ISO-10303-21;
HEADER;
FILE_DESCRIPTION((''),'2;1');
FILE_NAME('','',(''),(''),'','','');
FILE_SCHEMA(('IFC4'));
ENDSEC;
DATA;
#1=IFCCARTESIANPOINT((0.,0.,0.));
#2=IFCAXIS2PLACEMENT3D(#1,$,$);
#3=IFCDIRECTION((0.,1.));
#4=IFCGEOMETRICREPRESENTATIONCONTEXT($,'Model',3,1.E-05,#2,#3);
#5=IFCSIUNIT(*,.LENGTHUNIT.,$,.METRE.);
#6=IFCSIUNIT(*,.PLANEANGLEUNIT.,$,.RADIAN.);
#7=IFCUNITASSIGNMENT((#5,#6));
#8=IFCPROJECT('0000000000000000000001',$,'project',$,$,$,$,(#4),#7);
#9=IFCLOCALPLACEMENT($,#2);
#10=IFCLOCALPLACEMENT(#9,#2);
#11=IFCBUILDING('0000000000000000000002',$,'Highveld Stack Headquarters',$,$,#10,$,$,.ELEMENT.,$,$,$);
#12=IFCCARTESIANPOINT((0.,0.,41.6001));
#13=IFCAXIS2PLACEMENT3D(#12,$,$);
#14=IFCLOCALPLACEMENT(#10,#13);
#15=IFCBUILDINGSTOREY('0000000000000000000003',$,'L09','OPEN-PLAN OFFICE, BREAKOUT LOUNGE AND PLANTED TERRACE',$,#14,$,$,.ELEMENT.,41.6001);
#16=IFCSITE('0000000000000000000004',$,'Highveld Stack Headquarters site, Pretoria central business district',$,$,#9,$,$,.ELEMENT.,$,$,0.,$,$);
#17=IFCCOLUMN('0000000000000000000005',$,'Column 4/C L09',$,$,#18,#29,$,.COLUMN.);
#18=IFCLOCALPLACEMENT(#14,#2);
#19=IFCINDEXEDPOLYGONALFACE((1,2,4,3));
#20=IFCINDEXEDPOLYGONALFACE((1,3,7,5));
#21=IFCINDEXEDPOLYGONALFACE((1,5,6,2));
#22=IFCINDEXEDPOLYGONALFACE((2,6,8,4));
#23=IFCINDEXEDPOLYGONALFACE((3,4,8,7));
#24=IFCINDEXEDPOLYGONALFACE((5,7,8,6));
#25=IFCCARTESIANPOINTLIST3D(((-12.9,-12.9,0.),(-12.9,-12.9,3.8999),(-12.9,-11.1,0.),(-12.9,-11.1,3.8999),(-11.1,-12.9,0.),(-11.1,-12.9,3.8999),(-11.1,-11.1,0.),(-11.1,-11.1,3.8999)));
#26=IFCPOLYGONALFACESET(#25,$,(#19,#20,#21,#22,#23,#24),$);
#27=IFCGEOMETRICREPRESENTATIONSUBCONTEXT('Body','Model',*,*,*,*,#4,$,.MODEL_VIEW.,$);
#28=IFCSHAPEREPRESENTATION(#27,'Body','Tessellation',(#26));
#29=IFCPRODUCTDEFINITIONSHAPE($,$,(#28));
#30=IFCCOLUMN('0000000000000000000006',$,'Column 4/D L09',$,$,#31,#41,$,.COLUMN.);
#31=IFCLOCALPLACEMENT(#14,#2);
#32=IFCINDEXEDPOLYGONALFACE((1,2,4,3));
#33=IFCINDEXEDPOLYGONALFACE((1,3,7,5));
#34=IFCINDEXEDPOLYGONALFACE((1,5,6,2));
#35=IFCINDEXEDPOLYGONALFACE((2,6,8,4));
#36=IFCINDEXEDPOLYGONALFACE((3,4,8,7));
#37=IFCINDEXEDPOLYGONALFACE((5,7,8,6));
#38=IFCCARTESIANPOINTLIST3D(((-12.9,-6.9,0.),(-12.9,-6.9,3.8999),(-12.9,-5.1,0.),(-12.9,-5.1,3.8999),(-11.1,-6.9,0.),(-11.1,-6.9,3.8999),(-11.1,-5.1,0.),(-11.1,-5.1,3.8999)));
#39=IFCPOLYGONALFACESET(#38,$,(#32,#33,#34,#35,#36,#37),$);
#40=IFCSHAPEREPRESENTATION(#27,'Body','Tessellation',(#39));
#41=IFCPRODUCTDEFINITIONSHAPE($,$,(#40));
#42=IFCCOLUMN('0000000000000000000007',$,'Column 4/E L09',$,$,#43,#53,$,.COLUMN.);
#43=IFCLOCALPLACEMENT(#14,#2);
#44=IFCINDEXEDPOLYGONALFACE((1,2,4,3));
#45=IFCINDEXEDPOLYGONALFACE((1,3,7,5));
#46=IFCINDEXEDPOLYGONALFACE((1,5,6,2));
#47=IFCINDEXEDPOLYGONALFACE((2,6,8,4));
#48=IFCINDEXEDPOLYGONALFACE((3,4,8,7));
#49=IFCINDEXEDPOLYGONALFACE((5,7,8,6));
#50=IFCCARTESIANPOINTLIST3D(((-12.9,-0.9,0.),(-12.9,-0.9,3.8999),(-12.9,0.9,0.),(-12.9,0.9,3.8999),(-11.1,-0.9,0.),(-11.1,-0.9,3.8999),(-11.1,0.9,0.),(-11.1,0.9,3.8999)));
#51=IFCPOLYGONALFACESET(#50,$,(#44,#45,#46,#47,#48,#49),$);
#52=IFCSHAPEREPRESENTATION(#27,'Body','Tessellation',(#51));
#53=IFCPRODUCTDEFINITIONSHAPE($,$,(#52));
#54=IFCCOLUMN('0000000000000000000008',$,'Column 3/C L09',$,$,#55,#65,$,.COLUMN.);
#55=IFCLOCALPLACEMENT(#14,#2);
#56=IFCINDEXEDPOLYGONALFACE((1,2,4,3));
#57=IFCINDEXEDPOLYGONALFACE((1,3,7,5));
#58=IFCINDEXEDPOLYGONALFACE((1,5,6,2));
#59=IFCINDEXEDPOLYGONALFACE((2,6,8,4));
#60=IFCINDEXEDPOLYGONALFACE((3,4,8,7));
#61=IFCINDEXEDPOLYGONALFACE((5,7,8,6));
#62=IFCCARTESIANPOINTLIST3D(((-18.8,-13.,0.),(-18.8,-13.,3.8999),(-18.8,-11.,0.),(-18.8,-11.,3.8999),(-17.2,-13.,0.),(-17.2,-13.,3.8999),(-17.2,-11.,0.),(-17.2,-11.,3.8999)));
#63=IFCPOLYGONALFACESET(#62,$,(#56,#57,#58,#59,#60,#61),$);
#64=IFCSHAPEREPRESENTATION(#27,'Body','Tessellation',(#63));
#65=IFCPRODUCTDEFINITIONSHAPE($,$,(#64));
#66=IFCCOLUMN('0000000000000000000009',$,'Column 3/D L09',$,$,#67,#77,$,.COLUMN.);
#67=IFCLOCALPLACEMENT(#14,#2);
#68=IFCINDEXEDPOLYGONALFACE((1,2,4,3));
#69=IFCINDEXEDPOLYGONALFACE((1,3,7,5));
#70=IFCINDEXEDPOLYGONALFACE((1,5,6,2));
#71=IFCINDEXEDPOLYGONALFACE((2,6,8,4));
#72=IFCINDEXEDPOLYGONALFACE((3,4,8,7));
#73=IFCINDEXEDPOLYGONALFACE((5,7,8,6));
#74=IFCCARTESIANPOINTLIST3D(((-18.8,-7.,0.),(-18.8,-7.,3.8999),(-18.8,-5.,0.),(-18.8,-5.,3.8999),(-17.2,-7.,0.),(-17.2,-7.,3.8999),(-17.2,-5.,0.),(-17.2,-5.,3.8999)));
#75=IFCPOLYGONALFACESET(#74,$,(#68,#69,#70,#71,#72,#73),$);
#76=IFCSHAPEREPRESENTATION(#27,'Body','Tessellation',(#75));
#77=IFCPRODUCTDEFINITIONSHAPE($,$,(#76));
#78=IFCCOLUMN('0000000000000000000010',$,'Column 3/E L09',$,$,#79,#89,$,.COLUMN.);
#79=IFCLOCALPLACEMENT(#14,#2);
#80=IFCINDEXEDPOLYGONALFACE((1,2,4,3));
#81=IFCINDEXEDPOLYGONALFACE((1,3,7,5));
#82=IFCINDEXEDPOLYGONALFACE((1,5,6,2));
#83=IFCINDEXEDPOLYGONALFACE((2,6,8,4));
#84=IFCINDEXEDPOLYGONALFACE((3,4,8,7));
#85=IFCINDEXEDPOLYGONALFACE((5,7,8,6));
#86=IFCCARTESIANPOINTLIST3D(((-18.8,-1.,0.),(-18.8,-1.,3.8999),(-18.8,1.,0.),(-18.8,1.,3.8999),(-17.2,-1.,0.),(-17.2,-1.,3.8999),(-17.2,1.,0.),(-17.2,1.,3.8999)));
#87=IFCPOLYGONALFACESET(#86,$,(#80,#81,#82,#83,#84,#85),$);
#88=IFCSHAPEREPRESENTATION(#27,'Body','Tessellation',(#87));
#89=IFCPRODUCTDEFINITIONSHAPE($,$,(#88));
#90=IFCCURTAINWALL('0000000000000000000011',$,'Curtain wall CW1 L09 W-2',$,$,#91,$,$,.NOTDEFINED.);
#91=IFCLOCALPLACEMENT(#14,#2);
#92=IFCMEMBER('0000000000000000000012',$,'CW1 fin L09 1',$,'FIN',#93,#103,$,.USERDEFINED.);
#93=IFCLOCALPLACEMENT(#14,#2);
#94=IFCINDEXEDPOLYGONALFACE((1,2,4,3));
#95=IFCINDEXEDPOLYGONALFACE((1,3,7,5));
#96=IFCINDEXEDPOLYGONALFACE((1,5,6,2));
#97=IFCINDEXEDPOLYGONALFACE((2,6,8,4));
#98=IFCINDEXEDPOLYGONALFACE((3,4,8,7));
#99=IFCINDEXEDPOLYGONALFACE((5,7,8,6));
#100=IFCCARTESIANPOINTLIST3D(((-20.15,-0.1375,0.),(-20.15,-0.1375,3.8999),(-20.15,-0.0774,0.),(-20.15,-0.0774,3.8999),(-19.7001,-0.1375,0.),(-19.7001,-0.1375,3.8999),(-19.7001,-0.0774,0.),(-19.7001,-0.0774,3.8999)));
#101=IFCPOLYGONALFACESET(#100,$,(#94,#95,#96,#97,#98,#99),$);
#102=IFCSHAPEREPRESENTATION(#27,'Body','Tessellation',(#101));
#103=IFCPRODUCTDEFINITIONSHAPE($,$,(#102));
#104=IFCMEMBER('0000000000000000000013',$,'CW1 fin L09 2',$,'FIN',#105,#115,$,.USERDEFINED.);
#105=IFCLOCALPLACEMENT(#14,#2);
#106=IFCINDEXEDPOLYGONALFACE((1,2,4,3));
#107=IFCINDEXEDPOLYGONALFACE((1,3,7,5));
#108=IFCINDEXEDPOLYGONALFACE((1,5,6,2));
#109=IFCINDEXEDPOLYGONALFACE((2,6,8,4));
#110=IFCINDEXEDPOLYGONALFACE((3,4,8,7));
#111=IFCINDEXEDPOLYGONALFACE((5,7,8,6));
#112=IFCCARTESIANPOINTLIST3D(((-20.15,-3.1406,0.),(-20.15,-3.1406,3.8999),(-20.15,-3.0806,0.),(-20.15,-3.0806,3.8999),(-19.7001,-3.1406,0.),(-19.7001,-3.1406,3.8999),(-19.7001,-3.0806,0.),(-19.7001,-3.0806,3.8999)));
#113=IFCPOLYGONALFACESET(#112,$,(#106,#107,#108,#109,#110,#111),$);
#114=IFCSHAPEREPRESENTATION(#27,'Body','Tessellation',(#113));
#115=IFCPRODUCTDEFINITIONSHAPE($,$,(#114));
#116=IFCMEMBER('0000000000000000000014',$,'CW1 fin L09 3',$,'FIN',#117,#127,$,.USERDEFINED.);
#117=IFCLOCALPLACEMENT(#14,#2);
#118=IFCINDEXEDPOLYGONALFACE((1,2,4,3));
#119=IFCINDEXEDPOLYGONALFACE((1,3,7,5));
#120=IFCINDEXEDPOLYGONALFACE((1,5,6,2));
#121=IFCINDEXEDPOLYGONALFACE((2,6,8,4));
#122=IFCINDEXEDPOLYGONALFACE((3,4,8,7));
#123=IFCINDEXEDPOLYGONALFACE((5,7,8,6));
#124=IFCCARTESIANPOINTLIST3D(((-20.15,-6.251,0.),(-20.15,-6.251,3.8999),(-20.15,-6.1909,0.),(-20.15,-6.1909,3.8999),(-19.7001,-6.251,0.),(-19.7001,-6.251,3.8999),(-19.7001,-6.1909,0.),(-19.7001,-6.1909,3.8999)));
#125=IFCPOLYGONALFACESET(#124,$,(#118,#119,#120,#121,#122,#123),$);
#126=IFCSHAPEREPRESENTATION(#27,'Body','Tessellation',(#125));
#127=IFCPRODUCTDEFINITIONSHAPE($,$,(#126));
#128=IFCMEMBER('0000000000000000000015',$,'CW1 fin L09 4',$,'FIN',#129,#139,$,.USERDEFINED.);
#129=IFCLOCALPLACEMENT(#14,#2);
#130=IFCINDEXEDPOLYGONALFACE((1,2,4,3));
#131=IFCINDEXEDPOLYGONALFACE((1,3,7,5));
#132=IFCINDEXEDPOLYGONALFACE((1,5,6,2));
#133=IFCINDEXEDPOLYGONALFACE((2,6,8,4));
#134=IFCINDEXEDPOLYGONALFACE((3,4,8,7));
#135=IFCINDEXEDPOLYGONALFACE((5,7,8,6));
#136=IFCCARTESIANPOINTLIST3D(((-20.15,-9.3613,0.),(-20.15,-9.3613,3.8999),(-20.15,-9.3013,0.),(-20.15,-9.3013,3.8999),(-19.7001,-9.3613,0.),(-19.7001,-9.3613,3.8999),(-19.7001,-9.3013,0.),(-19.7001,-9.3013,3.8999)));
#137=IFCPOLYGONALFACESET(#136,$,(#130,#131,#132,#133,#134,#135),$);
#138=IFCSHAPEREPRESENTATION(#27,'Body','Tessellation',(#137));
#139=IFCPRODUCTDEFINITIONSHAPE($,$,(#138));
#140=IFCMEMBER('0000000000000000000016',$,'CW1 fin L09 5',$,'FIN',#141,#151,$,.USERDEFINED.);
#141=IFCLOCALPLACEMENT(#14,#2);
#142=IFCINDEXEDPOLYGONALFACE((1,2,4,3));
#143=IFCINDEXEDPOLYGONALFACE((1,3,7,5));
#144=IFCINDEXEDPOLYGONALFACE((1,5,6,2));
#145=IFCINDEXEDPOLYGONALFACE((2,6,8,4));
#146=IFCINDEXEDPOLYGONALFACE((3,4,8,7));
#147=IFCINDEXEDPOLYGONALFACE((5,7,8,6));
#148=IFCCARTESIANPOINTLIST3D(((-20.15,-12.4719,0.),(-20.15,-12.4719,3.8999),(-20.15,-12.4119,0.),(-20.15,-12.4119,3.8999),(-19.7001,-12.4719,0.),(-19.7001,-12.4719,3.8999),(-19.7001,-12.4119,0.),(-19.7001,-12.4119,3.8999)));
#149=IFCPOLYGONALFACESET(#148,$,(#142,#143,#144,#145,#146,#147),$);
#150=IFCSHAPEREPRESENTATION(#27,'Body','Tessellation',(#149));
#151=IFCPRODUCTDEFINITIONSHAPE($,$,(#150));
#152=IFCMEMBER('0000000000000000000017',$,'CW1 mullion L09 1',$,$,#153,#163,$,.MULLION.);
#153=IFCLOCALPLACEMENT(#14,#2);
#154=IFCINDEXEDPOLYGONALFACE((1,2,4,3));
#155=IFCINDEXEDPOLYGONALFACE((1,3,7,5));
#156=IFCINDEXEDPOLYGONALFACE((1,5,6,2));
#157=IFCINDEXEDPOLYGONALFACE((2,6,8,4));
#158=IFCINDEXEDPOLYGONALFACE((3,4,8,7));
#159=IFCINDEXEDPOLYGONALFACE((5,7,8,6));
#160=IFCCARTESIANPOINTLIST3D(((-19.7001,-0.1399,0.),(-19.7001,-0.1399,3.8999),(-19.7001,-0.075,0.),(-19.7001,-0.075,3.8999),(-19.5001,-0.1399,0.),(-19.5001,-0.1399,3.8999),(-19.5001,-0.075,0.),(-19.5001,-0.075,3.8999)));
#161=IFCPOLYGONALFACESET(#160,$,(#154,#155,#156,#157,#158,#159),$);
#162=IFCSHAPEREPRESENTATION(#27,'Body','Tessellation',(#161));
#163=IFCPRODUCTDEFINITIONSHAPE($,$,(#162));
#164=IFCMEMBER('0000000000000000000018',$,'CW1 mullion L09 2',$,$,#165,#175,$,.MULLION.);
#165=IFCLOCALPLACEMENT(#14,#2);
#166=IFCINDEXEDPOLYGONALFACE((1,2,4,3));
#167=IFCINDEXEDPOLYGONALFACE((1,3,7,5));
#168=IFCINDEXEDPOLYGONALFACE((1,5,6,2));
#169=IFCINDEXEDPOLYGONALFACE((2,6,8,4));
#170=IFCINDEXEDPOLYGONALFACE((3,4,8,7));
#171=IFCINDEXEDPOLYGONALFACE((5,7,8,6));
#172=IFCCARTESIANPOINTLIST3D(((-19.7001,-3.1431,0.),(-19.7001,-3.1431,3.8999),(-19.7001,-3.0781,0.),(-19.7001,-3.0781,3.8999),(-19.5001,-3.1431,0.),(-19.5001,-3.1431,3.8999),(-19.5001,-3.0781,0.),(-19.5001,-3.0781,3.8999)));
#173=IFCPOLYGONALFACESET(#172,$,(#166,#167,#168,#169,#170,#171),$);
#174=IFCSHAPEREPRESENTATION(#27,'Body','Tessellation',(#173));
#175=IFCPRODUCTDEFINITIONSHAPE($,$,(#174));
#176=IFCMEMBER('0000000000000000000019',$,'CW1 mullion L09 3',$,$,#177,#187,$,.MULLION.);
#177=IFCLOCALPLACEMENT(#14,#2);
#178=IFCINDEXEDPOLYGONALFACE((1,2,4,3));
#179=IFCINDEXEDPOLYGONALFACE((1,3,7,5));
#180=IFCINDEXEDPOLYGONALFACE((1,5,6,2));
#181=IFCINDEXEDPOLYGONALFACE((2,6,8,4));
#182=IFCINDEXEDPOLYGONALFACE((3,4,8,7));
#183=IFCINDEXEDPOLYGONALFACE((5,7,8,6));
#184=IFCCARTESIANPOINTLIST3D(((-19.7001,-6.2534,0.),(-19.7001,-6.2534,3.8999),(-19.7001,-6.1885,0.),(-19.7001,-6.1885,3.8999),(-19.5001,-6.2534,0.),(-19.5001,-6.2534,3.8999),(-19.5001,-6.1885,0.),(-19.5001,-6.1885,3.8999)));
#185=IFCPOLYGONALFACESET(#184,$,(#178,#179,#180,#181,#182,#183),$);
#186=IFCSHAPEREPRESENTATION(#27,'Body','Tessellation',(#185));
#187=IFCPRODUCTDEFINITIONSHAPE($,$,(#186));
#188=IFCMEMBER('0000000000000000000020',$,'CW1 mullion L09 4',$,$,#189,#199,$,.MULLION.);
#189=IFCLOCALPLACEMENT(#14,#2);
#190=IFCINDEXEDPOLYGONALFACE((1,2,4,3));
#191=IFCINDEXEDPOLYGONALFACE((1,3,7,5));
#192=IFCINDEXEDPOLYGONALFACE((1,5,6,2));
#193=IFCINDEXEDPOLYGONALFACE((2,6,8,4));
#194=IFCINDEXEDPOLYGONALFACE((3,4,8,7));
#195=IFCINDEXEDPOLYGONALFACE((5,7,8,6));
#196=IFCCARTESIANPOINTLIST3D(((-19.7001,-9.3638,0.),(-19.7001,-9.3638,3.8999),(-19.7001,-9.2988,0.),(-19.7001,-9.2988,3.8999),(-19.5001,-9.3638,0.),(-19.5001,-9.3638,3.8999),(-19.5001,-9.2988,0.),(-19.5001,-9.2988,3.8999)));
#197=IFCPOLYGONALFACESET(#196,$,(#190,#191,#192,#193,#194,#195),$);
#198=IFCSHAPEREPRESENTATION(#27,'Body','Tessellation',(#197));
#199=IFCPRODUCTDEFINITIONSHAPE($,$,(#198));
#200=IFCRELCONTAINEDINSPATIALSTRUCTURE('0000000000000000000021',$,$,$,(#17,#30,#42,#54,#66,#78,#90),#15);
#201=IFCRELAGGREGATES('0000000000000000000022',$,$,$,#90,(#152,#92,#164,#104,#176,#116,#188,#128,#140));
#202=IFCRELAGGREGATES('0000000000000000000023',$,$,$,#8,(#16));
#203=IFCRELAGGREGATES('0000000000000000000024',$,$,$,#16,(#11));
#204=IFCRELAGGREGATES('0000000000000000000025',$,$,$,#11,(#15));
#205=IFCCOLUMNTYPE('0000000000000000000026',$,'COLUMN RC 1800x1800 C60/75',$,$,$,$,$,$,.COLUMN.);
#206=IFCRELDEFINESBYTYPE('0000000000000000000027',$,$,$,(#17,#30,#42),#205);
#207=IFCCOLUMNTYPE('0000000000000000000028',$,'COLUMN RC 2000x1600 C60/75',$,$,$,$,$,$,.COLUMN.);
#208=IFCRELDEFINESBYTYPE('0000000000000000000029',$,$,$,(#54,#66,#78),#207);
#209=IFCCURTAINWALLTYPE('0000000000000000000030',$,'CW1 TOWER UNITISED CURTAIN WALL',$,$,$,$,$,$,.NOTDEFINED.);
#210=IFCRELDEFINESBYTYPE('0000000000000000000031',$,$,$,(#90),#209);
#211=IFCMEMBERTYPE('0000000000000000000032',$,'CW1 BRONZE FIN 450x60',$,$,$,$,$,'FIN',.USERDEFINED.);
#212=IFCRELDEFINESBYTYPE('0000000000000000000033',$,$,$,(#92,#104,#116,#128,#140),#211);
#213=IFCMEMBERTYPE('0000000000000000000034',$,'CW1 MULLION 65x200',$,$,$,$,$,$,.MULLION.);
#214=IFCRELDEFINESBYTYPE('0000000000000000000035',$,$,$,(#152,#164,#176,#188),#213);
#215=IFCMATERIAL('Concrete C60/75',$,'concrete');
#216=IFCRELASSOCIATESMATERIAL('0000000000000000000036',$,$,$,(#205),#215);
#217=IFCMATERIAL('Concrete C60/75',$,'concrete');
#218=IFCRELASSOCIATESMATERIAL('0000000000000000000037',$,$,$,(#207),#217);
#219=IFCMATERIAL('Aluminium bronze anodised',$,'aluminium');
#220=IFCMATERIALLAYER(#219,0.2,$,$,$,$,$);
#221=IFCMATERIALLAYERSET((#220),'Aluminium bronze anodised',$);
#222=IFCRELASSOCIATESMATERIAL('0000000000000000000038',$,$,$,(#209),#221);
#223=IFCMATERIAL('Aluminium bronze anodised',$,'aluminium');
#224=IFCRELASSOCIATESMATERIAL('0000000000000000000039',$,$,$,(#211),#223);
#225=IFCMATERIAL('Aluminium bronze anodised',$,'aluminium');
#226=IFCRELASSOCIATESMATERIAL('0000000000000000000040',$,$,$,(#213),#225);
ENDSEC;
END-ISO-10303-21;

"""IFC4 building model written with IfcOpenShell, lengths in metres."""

from ifc_helpers import new_model, si_unit, direction, frame, origin, origin_2d, place, context, subcontext, project, spatial, rectangle, extrude, material, layer, layer_set, material_profile, profile_set, type_object, element, aggregate, save


model = new_model("IFC4")

# Units and contexts
model_context = context("Model", 3, precision=1e-05, world=origin(), true_north=direction((0.0, 1.0)))
body_context = subcontext(model_context, "Body", "Model", "MODEL_VIEW")
ifc_project = project(units=[si_unit("LENGTHUNIT", "METRE"), si_unit("PLANEANGLEUNIT", "RADIAN")], contexts=[model_context])

# Site, building, storey
site_placement = place(None, origin())
site = spatial("IfcSite", under=ifc_project, at=site_placement, Name="Highveld Stack Headquarters site, Pretoria central business district", CompositionType="ELEMENT", RefElevation=0.0)
building_placement = place(site_placement, origin())
building = spatial("IfcBuilding", under=site, at=building_placement, Name="Highveld Stack Headquarters", CompositionType="ELEMENT")
storey_placement = place(building_placement, frame((0.0, 0.0, 41.6001)))
storey = spatial("IfcBuildingStorey", under=building, at=storey_placement, Name="L09", Description="OPEN-PLAN OFFICE, BREAKOUT LOUNGE AND PLANTED TERRACE", CompositionType="ELEMENT", Elevation=41.6001)

# Columns
ifc_material_1 = material(Name="Concrete C60/75", Category="concrete")
ifc_material_profile_1 = material_profile(ifc_material_1, rectangle(XDim=1.8, YDim=1.8, at=origin_2d()), Name="RC 1800x1800")
ifc_profile_set_1 = profile_set([ifc_material_profile_1], Name="Concrete C60/75")
column_type_1 = type_object("IfcColumnType", Name="COLUMN RC 1800x1800 C60/75", PredefinedType="COLUMN", material=ifc_profile_set_1)
for number, where, z_axis, x_axis, name in (
    (1, (-12.0, -12.0, 0.0), (0.0, 0.0, 1.0), (1.0, 0.0, 0.0), "Column 4/C L09"),
    (2, (-12.0, -6.0, 0.0), (0.0, 0.0, 1.0), (1.0, 0.0, 0.0), "Column 4/D L09"),
    (3, (-12.0, 0.0, 0.0), (0.0, 0.0, 1.0), (1.0, 0.0, 0.0), "Column 4/E L09"),
):
    element("IfcColumn", number, at=place(storey_placement, frame(where, z_axis=z_axis, x_axis=x_axis)), inside=storey, type_object=column_type_1, Name=name, PredefinedType="COLUMN", context=body_context, shape_type="SweptSolid", body=[
        extrude(rectangle(XDim=1.8, YDim=1.8, at=origin_2d()), origin(), (0.0, 0.0, 1.0), 3.8999),
    ])
ifc_material_2 = material(Name="Concrete C60/75", Category="concrete")
ifc_material_profile_2 = material_profile(ifc_material_2, rectangle(XDim=2.0, YDim=1.6001, at=origin_2d()), Name="RC 2000x1600")
ifc_profile_set_2 = profile_set([ifc_material_profile_2], Name="Concrete C60/75")
column_type_2 = type_object("IfcColumnType", Name="COLUMN RC 2000x1600 C60/75", PredefinedType="COLUMN", material=ifc_profile_set_2)
for number, where, z_axis, x_axis, name in (
    (4, (-18.0, -12.0, 0.0), (0.0, 0.0, 1.0), (0.0, 1.0, 0.0), "Column 3/C L09"),
    (5, (-18.0, -6.0, 0.0), (0.0, 0.0, 1.0), (0.0, 1.0, 0.0), "Column 3/D L09"),
    (6, (-18.0, 0.0, 0.0), (0.0, 0.0, 1.0), (0.0, 1.0, 0.0), "Column 3/E L09"),
):
    element("IfcColumn", number, at=place(storey_placement, frame(where, z_axis=z_axis, x_axis=x_axis)), inside=storey, type_object=column_type_2, Name=name, PredefinedType="COLUMN", context=body_context, shape_type="SweptSolid", body=[
        extrude(rectangle(XDim=2.0, YDim=1.6001, at=origin_2d()), origin(), (0.0, 0.0, 1.0), 3.8999),
    ])

# Curtain wall, members
ifc_material_3 = material(Name="Aluminium bronze anodised", Category="aluminium")
ifc_layer_1 = layer(ifc_material_3, 0.2)
ifc_layer_set_1 = layer_set([ifc_layer_1], Name="Aluminium bronze anodised")
curtain_wall_type = type_object("IfcCurtainWallType", Name="CW1 TOWER UNITISED CURTAIN WALL", PredefinedType="NOTDEFINED", material=ifc_layer_set_1)
curtain_wall_placement = place(storey_placement, origin())
curtain_wall = element("IfcCurtainWall", 7, at=curtain_wall_placement, inside=storey, type_object=curtain_wall_type, Name="Curtain wall CW1 L09 W-2", PredefinedType="NOTDEFINED")
ifc_material_4 = material(Name="Aluminium bronze anodised", Category="aluminium")
ifc_material_profile_3 = material_profile(ifc_material_4, rectangle(XDim=0.45, YDim=0.0601, at=origin_2d()), Name="FIN 450x60")
ifc_profile_set_3 = profile_set([ifc_material_profile_3], Name="Aluminium bronze anodised")
member_type_1 = type_object("IfcMemberType", Name="CW1 BRONZE FIN 450x60", ElementType="FIN", PredefinedType="USERDEFINED", material=ifc_profile_set_3)
member_1_placement = place(storey_placement, frame((-19.925, -0.1074, 0.0), z_axis=(0.0, 0.0, 1.0), x_axis=(1.0, 0.0, 0.0)))
member_1 = element("IfcMember", 8, at=member_1_placement, type_object=member_type_1, Name="CW1 fin L09 1", ObjectType="FIN", PredefinedType="USERDEFINED", context=body_context, shape_type="SweptSolid", body=[
    extrude(rectangle(XDim=0.45, YDim=0.0601, at=origin_2d()), origin(), (0.0, 0.0, 1.0), 3.8999),
])
member_2_placement = place(storey_placement, frame((-19.925, -3.1106, 0.0), z_axis=(0.0, 0.0, 1.0), x_axis=(1.0, 0.0, 0.0)))
member_2 = element("IfcMember", 9, at=member_2_placement, type_object=member_type_1, Name="CW1 fin L09 2", ObjectType="FIN", PredefinedType="USERDEFINED", context=body_context, shape_type="SweptSolid", body=[
    extrude(rectangle(XDim=0.45, YDim=0.0601, at=origin_2d()), origin(), (0.0, 0.0, 1.0), 3.8999),
])
member_3_placement = place(storey_placement, frame((-19.925, -6.2209, 0.0), z_axis=(0.0, 0.0, 1.0), x_axis=(1.0, 0.0, 0.0)))
member_3 = element("IfcMember", 10, at=member_3_placement, type_object=member_type_1, Name="CW1 fin L09 3", ObjectType="FIN", PredefinedType="USERDEFINED", context=body_context, shape_type="SweptSolid", body=[
    extrude(rectangle(XDim=0.45, YDim=0.0601, at=origin_2d()), origin(), (0.0, 0.0, 1.0), 3.8999),
])
member_4_placement = place(storey_placement, frame((-19.925, -9.3313, 0.0), z_axis=(0.0, 0.0, 1.0), x_axis=(1.0, 0.0, 0.0)))
member_4 = element("IfcMember", 11, at=member_4_placement, type_object=member_type_1, Name="CW1 fin L09 4", ObjectType="FIN", PredefinedType="USERDEFINED", context=body_context, shape_type="SweptSolid", body=[
    extrude(rectangle(XDim=0.45, YDim=0.0601, at=origin_2d()), origin(), (0.0, 0.0, 1.0), 3.8999),
])
member_5_placement = place(storey_placement, frame((-19.925, -12.4419, 0.0), z_axis=(0.0, 0.0, 1.0), x_axis=(1.0, 0.0, 0.0)))
member_5 = element("IfcMember", 12, at=member_5_placement, type_object=member_type_1, Name="CW1 fin L09 5", ObjectType="FIN", PredefinedType="USERDEFINED", context=body_context, shape_type="SweptSolid", body=[
    extrude(rectangle(XDim=0.45, YDim=0.0601, at=origin_2d()), origin(), (0.0, 0.0, 1.0), 3.8999),
])
ifc_material_5 = material(Name="Aluminium bronze anodised", Category="aluminium")
ifc_material_profile_4 = material_profile(ifc_material_5, rectangle(XDim=0.2, YDim=0.0649, at=origin_2d()), Name="CW1 MULLION 65x200")
ifc_profile_set_4 = profile_set([ifc_material_profile_4], Name="Aluminium bronze anodised")
member_type_2 = type_object("IfcMemberType", Name="CW1 MULLION 65x200", PredefinedType="MULLION", material=ifc_profile_set_4)
member_6_placement = place(storey_placement, frame((-19.6001, -0.1074, 0.0), z_axis=(0.0, 0.0, 1.0), x_axis=(1.0, 0.0, 0.0)))
member_6 = element("IfcMember", 13, at=member_6_placement, type_object=member_type_2, Name="CW1 mullion L09 1", PredefinedType="MULLION", context=body_context, shape_type="SweptSolid", body=[
    extrude(rectangle(XDim=0.2, YDim=0.0649, at=origin_2d()), origin(), (0.0, 0.0, 1.0), 3.8999),
])
member_7_placement = place(storey_placement, frame((-19.6001, -3.1106, 0.0), z_axis=(0.0, 0.0, 1.0), x_axis=(1.0, 0.0, 0.0)))
member_7 = element("IfcMember", 14, at=member_7_placement, type_object=member_type_2, Name="CW1 mullion L09 2", PredefinedType="MULLION", context=body_context, shape_type="SweptSolid", body=[
    extrude(rectangle(XDim=0.2, YDim=0.0649, at=origin_2d()), origin(), (0.0, 0.0, 1.0), 3.8999),
])
member_8_placement = place(storey_placement, frame((-19.6001, -6.2209, 0.0), z_axis=(0.0, 0.0, 1.0), x_axis=(1.0, 0.0, 0.0)))
member_8 = element("IfcMember", 15, at=member_8_placement, type_object=member_type_2, Name="CW1 mullion L09 3", PredefinedType="MULLION", context=body_context, shape_type="SweptSolid", body=[
    extrude(rectangle(XDim=0.2, YDim=0.0649, at=origin_2d()), origin(), (0.0, 0.0, 1.0), 3.8999),
])
member_9_placement = place(storey_placement, frame((-19.6001, -9.3313, 0.0), z_axis=(0.0, 0.0, 1.0), x_axis=(1.0, 0.0, 0.0)))
member_9 = element("IfcMember", 16, at=member_9_placement, type_object=member_type_2, Name="CW1 mullion L09 4", PredefinedType="MULLION", context=body_context, shape_type="SweptSolid", body=[
    extrude(rectangle(XDim=0.2, YDim=0.0649, at=origin_2d()), origin(), (0.0, 0.0, 1.0), 3.8999),
])
aggregate(curtain_wall, [member_6, member_1, member_7, member_2, member_8, member_3, member_9, member_4, member_5])

save(model, "model.ifc")
